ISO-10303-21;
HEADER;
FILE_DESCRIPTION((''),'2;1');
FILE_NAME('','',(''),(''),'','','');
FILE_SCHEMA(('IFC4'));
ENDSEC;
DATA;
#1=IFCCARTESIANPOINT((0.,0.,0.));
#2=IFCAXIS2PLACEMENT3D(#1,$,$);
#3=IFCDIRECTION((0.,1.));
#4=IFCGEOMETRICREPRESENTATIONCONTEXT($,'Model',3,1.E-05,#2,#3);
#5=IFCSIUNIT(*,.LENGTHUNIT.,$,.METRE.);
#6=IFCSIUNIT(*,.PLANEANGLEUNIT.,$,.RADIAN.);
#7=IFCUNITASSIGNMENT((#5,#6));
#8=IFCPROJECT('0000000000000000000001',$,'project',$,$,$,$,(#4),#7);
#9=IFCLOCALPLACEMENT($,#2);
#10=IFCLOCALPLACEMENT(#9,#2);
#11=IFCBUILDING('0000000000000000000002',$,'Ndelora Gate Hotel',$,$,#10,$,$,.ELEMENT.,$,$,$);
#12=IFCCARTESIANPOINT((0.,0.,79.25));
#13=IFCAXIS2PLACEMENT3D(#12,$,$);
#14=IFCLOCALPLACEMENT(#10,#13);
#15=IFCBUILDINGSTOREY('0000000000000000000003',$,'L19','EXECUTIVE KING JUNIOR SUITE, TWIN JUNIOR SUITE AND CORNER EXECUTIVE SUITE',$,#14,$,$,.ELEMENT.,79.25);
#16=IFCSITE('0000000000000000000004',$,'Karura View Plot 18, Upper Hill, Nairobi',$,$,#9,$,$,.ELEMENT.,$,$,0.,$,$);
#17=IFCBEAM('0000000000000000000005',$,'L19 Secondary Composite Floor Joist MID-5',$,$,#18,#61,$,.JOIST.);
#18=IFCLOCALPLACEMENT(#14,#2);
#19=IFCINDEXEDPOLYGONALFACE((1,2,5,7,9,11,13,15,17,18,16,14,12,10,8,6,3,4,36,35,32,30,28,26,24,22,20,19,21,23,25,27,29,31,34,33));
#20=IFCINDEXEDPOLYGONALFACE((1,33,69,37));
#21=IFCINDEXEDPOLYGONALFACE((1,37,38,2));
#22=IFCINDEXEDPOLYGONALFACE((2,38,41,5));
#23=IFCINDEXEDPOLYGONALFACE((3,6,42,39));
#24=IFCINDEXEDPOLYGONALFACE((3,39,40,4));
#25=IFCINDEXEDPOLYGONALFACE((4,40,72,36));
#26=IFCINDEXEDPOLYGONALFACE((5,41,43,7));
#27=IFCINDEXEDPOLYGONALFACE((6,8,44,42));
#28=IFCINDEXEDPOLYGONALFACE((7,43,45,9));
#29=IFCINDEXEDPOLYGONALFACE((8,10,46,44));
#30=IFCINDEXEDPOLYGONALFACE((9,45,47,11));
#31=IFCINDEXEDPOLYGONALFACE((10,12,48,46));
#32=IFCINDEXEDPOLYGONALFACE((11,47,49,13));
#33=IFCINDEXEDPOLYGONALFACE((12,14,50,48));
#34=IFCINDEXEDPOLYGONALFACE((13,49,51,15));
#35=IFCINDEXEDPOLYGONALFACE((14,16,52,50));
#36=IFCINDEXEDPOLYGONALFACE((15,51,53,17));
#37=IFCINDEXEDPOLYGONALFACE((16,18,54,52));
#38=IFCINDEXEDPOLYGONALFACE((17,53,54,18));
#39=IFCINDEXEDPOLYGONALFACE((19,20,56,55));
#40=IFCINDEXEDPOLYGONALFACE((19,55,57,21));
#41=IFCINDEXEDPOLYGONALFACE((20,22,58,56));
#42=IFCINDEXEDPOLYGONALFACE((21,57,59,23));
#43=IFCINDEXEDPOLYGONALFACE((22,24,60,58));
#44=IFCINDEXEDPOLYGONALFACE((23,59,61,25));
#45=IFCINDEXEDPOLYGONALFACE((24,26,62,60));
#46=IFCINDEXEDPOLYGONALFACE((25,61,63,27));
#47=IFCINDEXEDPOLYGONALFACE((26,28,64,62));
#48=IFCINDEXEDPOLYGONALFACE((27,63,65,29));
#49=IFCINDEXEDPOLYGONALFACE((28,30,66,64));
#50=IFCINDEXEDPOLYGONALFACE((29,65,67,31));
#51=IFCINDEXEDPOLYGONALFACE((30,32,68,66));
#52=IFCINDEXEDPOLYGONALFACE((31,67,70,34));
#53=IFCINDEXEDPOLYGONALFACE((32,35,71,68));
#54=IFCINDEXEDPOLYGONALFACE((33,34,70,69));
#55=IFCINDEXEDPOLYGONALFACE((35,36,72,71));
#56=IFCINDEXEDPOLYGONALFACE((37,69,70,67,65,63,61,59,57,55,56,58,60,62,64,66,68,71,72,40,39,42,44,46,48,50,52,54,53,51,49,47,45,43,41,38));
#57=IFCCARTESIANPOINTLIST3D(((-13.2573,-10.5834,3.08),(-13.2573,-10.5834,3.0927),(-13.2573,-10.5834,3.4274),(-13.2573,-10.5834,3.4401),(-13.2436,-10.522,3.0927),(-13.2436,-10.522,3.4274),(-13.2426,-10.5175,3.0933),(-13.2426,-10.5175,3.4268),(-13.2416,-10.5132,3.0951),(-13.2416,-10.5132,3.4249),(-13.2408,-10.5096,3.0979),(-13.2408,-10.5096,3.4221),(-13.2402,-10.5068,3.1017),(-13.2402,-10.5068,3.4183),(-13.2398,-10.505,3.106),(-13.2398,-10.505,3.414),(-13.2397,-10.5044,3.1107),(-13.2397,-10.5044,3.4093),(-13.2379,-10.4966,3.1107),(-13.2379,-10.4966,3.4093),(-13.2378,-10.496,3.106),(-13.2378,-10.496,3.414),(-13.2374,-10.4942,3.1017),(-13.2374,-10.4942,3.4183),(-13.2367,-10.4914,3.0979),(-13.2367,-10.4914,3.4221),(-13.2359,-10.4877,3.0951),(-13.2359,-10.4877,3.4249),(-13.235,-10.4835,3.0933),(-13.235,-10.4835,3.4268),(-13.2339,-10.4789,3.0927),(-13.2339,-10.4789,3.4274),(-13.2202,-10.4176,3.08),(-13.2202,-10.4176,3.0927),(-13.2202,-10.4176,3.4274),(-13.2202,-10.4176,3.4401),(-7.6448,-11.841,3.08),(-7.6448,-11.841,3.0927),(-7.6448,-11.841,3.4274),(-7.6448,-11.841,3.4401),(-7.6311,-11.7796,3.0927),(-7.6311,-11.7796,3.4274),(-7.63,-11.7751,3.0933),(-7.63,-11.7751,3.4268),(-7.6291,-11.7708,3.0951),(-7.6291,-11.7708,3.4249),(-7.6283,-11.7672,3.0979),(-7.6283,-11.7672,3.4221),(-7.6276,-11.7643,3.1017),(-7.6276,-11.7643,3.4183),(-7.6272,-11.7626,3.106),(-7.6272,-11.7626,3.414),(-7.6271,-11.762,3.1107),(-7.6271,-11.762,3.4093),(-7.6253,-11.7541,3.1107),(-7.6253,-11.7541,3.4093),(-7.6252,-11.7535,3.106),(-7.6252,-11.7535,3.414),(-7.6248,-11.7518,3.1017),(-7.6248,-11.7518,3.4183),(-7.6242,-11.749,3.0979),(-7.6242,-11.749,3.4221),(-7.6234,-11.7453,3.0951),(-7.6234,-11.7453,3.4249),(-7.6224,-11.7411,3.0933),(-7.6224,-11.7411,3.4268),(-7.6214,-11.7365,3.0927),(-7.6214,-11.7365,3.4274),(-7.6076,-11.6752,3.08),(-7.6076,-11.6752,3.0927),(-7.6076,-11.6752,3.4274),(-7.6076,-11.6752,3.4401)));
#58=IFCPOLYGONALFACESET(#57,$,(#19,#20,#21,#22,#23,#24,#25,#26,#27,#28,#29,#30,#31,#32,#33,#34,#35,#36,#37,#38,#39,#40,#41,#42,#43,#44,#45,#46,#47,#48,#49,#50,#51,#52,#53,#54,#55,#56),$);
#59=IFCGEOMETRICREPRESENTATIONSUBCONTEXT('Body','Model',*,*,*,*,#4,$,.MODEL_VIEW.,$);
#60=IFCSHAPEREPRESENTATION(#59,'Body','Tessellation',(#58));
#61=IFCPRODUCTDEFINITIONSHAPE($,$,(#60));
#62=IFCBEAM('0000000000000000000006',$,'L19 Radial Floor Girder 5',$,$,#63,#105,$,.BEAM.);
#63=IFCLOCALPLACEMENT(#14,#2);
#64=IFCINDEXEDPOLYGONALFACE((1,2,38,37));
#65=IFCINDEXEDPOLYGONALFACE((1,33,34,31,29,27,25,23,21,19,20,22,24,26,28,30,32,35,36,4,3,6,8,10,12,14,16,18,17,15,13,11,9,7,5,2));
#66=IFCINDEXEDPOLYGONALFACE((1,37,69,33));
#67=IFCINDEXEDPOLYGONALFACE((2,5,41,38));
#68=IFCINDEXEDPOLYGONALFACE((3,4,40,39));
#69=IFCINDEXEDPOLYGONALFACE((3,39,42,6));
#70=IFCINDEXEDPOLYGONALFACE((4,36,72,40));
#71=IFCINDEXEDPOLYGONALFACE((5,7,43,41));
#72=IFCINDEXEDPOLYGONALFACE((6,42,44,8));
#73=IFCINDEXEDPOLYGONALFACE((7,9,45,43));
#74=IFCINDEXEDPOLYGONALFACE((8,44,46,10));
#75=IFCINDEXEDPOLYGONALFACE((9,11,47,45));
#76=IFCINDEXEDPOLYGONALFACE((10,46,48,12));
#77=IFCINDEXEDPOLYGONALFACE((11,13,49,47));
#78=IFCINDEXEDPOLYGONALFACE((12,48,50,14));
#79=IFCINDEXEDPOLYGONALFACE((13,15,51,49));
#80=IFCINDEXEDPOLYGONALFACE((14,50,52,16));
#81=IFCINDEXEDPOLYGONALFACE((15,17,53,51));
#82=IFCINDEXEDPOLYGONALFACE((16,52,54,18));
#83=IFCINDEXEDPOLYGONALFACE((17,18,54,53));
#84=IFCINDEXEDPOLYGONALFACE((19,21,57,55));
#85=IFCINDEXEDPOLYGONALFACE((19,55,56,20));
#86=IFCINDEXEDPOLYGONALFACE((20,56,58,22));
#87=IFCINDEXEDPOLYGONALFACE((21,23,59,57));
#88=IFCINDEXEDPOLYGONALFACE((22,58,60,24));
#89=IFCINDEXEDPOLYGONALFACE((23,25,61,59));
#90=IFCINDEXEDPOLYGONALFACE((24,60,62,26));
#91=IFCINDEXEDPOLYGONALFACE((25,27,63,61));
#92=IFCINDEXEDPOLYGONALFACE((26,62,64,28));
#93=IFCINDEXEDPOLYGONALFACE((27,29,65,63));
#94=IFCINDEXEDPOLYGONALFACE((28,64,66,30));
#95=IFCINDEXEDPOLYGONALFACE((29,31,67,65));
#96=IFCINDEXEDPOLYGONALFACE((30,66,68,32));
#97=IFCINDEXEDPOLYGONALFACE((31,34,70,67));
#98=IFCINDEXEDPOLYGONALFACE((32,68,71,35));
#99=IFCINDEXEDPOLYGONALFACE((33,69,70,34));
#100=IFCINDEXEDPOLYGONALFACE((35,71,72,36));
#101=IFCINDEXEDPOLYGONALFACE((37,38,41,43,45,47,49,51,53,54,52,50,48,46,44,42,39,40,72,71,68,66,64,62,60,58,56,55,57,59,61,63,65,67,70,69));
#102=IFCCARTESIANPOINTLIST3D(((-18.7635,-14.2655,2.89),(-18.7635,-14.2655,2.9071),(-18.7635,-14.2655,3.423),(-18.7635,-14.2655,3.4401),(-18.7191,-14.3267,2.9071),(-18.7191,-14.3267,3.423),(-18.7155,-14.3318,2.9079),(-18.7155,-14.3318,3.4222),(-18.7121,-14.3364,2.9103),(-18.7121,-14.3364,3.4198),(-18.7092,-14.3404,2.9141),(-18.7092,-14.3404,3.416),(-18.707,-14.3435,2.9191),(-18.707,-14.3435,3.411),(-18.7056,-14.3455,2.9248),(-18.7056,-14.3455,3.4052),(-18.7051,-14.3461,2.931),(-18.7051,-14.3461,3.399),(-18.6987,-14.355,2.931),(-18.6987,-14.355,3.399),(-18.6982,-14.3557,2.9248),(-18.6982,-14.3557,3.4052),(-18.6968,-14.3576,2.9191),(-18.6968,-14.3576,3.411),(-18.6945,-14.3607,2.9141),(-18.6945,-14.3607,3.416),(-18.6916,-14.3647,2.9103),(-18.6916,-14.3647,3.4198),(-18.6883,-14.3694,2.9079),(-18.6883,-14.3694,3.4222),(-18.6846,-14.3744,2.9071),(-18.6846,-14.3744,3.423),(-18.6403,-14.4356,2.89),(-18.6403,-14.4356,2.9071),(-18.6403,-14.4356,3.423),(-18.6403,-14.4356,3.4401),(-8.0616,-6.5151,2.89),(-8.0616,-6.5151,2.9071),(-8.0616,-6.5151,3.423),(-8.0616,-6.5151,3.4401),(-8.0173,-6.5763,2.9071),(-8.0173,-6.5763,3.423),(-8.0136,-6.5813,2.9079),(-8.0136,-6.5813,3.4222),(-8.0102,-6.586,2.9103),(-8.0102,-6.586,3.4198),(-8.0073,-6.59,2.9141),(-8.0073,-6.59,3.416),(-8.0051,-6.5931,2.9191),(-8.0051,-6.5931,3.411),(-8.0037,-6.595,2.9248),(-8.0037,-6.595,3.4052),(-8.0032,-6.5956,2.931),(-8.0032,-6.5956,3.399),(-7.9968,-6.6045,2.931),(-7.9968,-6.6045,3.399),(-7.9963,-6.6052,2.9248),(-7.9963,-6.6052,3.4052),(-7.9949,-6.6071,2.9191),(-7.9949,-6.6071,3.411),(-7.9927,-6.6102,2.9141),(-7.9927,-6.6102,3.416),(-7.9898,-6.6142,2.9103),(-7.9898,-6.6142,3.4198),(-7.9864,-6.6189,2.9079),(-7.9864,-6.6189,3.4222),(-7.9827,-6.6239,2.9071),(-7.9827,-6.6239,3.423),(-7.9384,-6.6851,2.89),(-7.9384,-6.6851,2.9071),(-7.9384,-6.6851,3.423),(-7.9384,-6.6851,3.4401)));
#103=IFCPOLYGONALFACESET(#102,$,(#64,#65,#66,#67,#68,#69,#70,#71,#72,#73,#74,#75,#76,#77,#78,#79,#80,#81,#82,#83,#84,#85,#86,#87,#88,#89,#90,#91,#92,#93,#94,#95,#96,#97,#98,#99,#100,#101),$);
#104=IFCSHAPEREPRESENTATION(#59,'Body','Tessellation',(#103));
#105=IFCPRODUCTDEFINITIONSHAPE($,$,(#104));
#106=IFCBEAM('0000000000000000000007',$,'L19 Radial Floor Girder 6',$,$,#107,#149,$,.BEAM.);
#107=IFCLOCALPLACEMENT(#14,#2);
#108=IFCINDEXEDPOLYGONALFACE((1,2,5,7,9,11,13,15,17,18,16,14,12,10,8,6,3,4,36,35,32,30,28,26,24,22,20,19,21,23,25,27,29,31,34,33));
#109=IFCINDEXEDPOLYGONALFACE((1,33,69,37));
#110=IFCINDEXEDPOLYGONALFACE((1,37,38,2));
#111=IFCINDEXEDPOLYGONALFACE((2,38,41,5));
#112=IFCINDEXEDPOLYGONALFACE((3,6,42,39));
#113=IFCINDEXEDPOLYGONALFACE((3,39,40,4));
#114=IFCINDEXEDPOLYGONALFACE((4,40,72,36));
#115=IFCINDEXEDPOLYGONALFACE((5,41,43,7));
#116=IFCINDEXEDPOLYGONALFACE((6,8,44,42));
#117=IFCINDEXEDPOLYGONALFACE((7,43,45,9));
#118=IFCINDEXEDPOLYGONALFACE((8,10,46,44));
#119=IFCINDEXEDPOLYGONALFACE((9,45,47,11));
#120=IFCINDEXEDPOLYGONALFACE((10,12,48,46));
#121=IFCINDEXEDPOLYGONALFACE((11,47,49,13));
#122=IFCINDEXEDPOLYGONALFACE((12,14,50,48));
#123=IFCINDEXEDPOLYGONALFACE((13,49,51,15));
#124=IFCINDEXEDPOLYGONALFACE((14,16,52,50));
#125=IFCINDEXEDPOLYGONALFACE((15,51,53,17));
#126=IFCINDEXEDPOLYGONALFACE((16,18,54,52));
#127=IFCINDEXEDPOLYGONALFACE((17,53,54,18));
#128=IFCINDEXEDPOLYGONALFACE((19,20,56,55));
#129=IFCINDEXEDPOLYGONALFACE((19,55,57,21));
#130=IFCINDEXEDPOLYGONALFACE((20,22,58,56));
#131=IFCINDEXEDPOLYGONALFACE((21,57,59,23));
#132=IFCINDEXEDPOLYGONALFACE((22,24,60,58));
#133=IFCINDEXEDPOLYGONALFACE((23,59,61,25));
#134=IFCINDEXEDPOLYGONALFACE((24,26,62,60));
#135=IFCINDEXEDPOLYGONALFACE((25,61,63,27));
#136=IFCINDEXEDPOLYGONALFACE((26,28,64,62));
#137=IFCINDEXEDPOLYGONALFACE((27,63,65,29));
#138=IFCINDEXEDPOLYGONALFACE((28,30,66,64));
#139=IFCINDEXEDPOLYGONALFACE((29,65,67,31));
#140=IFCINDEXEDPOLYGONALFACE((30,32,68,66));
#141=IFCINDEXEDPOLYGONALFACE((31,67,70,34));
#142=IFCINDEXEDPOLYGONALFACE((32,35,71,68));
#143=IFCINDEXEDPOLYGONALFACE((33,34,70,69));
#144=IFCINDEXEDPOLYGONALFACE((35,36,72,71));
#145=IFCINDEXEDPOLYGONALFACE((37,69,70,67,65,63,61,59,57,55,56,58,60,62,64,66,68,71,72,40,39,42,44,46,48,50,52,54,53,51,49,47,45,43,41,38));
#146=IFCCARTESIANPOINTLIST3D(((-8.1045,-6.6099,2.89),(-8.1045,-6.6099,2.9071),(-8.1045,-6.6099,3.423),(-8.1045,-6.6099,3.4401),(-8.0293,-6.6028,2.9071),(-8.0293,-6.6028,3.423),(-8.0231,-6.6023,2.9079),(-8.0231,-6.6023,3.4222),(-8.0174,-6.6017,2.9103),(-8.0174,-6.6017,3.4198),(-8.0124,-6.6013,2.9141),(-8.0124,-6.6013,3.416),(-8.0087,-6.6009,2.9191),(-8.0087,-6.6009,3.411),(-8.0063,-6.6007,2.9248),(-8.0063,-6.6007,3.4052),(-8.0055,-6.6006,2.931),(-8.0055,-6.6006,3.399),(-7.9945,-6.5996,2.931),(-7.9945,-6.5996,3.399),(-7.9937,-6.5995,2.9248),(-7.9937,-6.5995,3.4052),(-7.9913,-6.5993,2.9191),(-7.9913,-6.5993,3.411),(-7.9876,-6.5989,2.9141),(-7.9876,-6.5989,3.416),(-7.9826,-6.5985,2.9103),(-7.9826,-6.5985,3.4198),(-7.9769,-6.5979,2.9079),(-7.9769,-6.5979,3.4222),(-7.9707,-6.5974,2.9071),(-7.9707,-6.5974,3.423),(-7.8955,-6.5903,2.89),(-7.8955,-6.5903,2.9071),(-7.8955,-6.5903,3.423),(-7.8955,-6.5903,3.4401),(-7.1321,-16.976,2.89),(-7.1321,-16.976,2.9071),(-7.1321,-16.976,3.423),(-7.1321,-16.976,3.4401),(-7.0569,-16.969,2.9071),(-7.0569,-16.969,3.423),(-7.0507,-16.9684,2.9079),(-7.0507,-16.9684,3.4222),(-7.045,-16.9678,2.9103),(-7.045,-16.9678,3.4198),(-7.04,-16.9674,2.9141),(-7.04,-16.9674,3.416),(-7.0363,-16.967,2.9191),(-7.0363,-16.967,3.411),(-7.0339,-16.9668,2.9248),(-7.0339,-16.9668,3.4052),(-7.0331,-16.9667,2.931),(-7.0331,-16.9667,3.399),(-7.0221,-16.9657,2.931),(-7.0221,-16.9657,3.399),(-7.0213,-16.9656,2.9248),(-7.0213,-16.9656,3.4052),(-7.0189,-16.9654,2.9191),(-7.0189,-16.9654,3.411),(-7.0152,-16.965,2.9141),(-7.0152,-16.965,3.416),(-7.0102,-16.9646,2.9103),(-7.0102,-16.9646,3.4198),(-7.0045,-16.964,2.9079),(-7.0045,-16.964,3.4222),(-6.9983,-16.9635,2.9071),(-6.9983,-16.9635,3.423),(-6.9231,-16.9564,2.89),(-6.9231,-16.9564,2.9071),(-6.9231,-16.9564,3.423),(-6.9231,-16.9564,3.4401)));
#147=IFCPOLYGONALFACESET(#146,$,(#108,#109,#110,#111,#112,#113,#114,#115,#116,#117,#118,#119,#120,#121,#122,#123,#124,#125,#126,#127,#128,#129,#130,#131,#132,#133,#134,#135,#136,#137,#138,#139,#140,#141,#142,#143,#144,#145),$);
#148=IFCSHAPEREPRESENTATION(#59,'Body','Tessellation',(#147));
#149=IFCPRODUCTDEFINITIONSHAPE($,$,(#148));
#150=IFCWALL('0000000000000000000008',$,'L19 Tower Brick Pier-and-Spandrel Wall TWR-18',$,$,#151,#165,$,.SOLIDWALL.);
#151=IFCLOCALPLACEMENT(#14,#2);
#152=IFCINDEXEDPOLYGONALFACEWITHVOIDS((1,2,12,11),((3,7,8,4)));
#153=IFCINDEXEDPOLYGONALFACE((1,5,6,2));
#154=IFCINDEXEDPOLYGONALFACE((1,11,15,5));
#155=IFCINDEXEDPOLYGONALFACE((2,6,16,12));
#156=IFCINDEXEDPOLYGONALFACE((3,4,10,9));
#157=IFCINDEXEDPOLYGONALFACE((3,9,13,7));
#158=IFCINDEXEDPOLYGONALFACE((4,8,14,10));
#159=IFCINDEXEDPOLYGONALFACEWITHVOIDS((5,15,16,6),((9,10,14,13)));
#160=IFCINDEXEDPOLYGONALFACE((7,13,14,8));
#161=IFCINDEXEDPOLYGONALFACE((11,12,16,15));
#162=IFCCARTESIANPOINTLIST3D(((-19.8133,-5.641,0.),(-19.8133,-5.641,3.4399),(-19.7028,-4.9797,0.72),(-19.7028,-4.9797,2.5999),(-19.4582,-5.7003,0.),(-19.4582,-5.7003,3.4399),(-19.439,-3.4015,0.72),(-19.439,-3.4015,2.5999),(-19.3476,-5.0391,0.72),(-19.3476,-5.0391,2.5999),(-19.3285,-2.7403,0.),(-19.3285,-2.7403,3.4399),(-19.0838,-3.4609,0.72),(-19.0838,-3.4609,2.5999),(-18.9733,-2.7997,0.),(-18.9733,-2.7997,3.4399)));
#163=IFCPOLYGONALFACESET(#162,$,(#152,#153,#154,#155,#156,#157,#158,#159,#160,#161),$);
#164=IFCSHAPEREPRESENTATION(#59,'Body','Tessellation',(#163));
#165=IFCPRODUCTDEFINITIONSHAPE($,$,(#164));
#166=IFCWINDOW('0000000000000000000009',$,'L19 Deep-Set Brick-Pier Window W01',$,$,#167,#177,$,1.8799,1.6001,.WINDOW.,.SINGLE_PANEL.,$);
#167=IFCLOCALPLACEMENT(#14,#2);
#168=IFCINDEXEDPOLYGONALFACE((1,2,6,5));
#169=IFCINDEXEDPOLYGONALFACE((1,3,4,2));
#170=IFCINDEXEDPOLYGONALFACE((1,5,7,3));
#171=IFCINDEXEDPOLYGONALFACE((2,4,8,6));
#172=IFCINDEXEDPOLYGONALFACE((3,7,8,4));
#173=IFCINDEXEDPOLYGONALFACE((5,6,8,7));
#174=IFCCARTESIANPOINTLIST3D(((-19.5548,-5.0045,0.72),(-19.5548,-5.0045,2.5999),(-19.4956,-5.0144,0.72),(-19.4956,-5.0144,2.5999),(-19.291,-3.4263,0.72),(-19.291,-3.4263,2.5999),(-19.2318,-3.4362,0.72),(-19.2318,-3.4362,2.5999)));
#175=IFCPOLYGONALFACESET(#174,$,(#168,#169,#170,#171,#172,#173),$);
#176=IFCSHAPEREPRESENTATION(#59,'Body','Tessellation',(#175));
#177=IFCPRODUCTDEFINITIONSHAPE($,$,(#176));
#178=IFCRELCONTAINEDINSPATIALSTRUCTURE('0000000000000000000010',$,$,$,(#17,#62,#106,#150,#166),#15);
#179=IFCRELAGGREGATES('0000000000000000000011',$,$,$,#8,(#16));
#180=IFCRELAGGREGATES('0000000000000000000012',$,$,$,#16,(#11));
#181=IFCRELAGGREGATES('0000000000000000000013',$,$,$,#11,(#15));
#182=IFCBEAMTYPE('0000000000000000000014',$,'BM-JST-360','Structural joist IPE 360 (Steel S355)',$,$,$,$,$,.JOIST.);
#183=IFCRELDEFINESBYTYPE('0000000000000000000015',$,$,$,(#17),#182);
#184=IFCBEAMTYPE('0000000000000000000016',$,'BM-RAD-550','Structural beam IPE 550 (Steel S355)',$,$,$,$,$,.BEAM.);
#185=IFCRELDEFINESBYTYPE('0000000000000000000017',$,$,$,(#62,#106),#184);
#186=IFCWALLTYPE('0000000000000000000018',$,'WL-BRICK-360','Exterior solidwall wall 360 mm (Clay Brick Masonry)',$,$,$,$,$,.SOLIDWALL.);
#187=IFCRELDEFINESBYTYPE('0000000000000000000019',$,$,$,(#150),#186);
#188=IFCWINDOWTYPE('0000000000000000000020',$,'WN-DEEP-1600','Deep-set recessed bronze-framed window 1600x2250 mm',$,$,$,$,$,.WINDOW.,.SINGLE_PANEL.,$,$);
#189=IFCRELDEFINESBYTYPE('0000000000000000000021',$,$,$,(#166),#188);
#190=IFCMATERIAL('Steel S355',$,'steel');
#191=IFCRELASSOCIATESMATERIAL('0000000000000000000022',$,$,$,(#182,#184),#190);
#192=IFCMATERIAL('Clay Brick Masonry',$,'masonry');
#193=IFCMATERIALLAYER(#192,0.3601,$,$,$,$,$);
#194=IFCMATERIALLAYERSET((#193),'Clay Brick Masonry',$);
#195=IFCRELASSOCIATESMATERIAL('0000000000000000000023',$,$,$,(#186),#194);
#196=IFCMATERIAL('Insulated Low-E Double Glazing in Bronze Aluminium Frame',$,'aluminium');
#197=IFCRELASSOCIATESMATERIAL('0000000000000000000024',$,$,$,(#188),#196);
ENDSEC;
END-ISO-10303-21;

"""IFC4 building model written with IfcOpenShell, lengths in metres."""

from ifc_helpers import new_model, si_unit, direction, frame, frame_2d, origin, origin_2d, place, context, subcontext, project, spatial, rectangle, i_section, extrude, material, layer, layer_set, material_profile, profile_set, type_object, element, fill, save


model = new_model("IFC4")

# Units and contexts
model_context = context("Model", 3, precision=1e-05, world=origin(), true_north=direction((0.0, 1.0)))
body_context = subcontext(model_context, "Body", "Model", "MODEL_VIEW")
ifc_project = project(units=[si_unit("LENGTHUNIT", "METRE"), si_unit("PLANEANGLEUNIT", "RADIAN")], contexts=[model_context])

# Site, building, storey
site_placement = place(None, origin())
site = spatial("IfcSite", under=ifc_project, at=site_placement, Name="Karura View Plot 18, Upper Hill, Nairobi", CompositionType="ELEMENT", RefElevation=0.0)
building_placement = place(site_placement, origin())
building = spatial("IfcBuilding", under=site, at=building_placement, Name="Ndelora Gate Hotel", CompositionType="ELEMENT")
storey_placement = place(building_placement, frame((0.0, 0.0, 79.25)))
storey = spatial("IfcBuildingStorey", under=building, at=storey_placement, Name="L19", Description="EXECUTIVE KING JUNIOR SUITE, TWIN JUNIOR SUITE AND CORNER EXECUTIVE SUITE", CompositionType="ELEMENT", Elevation=79.25)

# Beams
ifc_material_1 = material(Name="Steel S355", Category="steel")
ifc_material_profile_1 = material_profile(ifc_material_1, i_section(OverallWidth=0.1699, OverallDepth=0.3601, WebThickness=0.0081, FlangeThickness=0.0127, FilletRadius=0.0181, at=origin_2d()), Name="IPE 360")
ifc_profile_set_1 = profile_set([ifc_material_profile_1], Name="Steel S355")
beam_type_1 = type_object("IfcBeamType", Name="BM-JST-360", Description="Structural joist IPE 360 (Steel S355)", PredefinedType="JOIST", material=ifc_profile_set_1)
beam_1_placement = place(storey_placement, frame((-13.2388, -10.5005, 3.26), z_axis=(0.975805, -0.218642, 0.0), x_axis=(0.218642, 0.975805, 0.0)))
element("IfcBeam", 1, at=beam_1_placement, inside=storey, type_object=beam_type_1, Name="L19 Secondary Composite Floor Joist MID-5", PredefinedType="JOIST", context=body_context, shape_type="SweptSolid", body=[
    extrude(i_section(OverallWidth=0.1699, OverallDepth=0.3601, WebThickness=0.0081, FlangeThickness=0.0127, FilletRadius=0.0181, at=origin_2d()), origin(), (0.0, 0.0, 1.0), 5.7517),
])
ifc_material_profile_2 = material_profile(ifc_material_1, i_section(OverallWidth=0.21, OverallDepth=0.55, WebThickness=0.011, FlangeThickness=0.0171, FilletRadius=0.0239, at=origin_2d()), Name="IPE 550")
ifc_profile_set_2 = profile_set([ifc_material_profile_2], Name="Steel S355")
beam_type_2 = type_object("IfcBeamType", Name="BM-RAD-550", Description="Structural beam IPE 550 (Steel S355)", PredefinedType="BEAM", material=ifc_profile_set_2)
beam_2_placement = place(storey_placement, frame((-8.0, -6.6001, 3.165), z_axis=(-0.809912, -0.586551, 0.0), x_axis=(0.586551, -0.809912, 0.0)))
element("IfcBeam", 2, at=beam_2_placement, inside=storey, type_object=beam_type_2, Name="L19 Radial Floor Girder 5", PredefinedType="BEAM", context=body_context, shape_type="SweptSolid", body=[
    extrude(i_section(OverallWidth=0.21, OverallDepth=0.55, WebThickness=0.011, FlangeThickness=0.0171, FilletRadius=0.0239, at=origin_2d()), origin(), (0.0, 0.0, 1.0), 13.2136),
])
beam_3_placement = place(storey_placement, frame((-8.0, -6.6001, 3.165), z_axis=(0.093396, -0.995629, 0.0), x_axis=(0.995629, 0.093396, 0.0)))
element("IfcBeam", 3, at=beam_3_placement, inside=storey, type_object=beam_type_2, Name="L19 Radial Floor Girder 6", PredefinedType="BEAM", context=body_context, shape_type="SweptSolid", body=[
    extrude(i_section(OverallWidth=0.21, OverallDepth=0.55, WebThickness=0.011, FlangeThickness=0.0171, FilletRadius=0.0239, at=origin_2d()), origin(), (0.0, 0.0, 1.0), 10.4116),
])

# Wall, opening, window
ifc_material_2 = material(Name="Clay Brick Masonry", Category="masonry")
ifc_layer_1 = layer(ifc_material_2, 0.3601)
ifc_layer_set_1 = layer_set([ifc_layer_1], Name="Clay Brick Masonry")
wall_type_1 = type_object("IfcWallType", Name="WL-BRICK-360", Description="Exterior solidwall wall 360 mm (Clay Brick Masonry)", PredefinedType="SOLIDWALL", material=ifc_layer_set_1)
wall_1_placement = place(storey_placement, frame((-19.6357, -5.6707, 0.0), z_axis=(0.0, 0.0, 1.0), x_axis=(0.16487, 0.986315, 0.0)))
wall_1 = element("IfcWall", 4, at=wall_1_placement, inside=storey, type_object=wall_type_1, Name="L19 Tower Brick Pier-and-Spandrel Wall TWR-18", PredefinedType="SOLIDWALL", context=body_context, shape_type="SweptSolid", body=[
    extrude(rectangle(XDim=2.9409, YDim=0.3601, at=frame_2d((1.4705, 0.0))), origin(), (0.0, 0.0, 1.0), 3.4399),
])
opening_1_placement = place(wall_1_placement, frame((0.6704, 0.0, 0.72)))
opening_1 = element("IfcOpeningElement", 5, at=opening_1_placement, cuts=wall_1, PredefinedType="OPENING", context=body_context, shape_type="SweptSolid", body=[
    extrude(rectangle(XDim=1.6001, YDim=1.8799, at=frame_2d((0.8, 0.9399))), frame((0.0, 0.1899, 0.0), z_axis=(0.0, -1.0, 0.0), x_axis=(1.0, 0.0, 0.0)), (0.0, 0.0, 1.0), 0.3801),
])
ifc_material_3 = material(Name="Insulated Low-E Double Glazing in Bronze Aluminium Frame", Category="aluminium")
window_type = type_object("IfcWindowType", Name="WN-DEEP-1600", Description="Deep-set recessed bronze-framed window 1600x2250 mm", PartitioningType="SINGLE_PANEL", PredefinedType="WINDOW", material=ifc_material_3)
window_1_placement = place(opening_1_placement, origin())
window_1 = element("IfcWindow", 6, at=window_1_placement, inside=storey, type_object=window_type, Name="L19 Deep-Set Brick-Pier Window W01", OverallHeight=1.8799, OverallWidth=1.6001, PartitioningType="SINGLE_PANEL", PredefinedType="WINDOW", context=body_context, shape_type="SweptSolid", body=[
    extrude(rectangle(XDim=1.6001, YDim=1.8799, at=frame_2d((0.8, 0.9399))), frame((0.0, 0.03, 0.0), z_axis=(0.0, -1.0, 0.0), x_axis=(1.0, 0.0, 0.0)), (0.0, 0.0, 1.0), 0.0601),
])
fill(opening_1, window_1)

save(model, "model.ifc")
